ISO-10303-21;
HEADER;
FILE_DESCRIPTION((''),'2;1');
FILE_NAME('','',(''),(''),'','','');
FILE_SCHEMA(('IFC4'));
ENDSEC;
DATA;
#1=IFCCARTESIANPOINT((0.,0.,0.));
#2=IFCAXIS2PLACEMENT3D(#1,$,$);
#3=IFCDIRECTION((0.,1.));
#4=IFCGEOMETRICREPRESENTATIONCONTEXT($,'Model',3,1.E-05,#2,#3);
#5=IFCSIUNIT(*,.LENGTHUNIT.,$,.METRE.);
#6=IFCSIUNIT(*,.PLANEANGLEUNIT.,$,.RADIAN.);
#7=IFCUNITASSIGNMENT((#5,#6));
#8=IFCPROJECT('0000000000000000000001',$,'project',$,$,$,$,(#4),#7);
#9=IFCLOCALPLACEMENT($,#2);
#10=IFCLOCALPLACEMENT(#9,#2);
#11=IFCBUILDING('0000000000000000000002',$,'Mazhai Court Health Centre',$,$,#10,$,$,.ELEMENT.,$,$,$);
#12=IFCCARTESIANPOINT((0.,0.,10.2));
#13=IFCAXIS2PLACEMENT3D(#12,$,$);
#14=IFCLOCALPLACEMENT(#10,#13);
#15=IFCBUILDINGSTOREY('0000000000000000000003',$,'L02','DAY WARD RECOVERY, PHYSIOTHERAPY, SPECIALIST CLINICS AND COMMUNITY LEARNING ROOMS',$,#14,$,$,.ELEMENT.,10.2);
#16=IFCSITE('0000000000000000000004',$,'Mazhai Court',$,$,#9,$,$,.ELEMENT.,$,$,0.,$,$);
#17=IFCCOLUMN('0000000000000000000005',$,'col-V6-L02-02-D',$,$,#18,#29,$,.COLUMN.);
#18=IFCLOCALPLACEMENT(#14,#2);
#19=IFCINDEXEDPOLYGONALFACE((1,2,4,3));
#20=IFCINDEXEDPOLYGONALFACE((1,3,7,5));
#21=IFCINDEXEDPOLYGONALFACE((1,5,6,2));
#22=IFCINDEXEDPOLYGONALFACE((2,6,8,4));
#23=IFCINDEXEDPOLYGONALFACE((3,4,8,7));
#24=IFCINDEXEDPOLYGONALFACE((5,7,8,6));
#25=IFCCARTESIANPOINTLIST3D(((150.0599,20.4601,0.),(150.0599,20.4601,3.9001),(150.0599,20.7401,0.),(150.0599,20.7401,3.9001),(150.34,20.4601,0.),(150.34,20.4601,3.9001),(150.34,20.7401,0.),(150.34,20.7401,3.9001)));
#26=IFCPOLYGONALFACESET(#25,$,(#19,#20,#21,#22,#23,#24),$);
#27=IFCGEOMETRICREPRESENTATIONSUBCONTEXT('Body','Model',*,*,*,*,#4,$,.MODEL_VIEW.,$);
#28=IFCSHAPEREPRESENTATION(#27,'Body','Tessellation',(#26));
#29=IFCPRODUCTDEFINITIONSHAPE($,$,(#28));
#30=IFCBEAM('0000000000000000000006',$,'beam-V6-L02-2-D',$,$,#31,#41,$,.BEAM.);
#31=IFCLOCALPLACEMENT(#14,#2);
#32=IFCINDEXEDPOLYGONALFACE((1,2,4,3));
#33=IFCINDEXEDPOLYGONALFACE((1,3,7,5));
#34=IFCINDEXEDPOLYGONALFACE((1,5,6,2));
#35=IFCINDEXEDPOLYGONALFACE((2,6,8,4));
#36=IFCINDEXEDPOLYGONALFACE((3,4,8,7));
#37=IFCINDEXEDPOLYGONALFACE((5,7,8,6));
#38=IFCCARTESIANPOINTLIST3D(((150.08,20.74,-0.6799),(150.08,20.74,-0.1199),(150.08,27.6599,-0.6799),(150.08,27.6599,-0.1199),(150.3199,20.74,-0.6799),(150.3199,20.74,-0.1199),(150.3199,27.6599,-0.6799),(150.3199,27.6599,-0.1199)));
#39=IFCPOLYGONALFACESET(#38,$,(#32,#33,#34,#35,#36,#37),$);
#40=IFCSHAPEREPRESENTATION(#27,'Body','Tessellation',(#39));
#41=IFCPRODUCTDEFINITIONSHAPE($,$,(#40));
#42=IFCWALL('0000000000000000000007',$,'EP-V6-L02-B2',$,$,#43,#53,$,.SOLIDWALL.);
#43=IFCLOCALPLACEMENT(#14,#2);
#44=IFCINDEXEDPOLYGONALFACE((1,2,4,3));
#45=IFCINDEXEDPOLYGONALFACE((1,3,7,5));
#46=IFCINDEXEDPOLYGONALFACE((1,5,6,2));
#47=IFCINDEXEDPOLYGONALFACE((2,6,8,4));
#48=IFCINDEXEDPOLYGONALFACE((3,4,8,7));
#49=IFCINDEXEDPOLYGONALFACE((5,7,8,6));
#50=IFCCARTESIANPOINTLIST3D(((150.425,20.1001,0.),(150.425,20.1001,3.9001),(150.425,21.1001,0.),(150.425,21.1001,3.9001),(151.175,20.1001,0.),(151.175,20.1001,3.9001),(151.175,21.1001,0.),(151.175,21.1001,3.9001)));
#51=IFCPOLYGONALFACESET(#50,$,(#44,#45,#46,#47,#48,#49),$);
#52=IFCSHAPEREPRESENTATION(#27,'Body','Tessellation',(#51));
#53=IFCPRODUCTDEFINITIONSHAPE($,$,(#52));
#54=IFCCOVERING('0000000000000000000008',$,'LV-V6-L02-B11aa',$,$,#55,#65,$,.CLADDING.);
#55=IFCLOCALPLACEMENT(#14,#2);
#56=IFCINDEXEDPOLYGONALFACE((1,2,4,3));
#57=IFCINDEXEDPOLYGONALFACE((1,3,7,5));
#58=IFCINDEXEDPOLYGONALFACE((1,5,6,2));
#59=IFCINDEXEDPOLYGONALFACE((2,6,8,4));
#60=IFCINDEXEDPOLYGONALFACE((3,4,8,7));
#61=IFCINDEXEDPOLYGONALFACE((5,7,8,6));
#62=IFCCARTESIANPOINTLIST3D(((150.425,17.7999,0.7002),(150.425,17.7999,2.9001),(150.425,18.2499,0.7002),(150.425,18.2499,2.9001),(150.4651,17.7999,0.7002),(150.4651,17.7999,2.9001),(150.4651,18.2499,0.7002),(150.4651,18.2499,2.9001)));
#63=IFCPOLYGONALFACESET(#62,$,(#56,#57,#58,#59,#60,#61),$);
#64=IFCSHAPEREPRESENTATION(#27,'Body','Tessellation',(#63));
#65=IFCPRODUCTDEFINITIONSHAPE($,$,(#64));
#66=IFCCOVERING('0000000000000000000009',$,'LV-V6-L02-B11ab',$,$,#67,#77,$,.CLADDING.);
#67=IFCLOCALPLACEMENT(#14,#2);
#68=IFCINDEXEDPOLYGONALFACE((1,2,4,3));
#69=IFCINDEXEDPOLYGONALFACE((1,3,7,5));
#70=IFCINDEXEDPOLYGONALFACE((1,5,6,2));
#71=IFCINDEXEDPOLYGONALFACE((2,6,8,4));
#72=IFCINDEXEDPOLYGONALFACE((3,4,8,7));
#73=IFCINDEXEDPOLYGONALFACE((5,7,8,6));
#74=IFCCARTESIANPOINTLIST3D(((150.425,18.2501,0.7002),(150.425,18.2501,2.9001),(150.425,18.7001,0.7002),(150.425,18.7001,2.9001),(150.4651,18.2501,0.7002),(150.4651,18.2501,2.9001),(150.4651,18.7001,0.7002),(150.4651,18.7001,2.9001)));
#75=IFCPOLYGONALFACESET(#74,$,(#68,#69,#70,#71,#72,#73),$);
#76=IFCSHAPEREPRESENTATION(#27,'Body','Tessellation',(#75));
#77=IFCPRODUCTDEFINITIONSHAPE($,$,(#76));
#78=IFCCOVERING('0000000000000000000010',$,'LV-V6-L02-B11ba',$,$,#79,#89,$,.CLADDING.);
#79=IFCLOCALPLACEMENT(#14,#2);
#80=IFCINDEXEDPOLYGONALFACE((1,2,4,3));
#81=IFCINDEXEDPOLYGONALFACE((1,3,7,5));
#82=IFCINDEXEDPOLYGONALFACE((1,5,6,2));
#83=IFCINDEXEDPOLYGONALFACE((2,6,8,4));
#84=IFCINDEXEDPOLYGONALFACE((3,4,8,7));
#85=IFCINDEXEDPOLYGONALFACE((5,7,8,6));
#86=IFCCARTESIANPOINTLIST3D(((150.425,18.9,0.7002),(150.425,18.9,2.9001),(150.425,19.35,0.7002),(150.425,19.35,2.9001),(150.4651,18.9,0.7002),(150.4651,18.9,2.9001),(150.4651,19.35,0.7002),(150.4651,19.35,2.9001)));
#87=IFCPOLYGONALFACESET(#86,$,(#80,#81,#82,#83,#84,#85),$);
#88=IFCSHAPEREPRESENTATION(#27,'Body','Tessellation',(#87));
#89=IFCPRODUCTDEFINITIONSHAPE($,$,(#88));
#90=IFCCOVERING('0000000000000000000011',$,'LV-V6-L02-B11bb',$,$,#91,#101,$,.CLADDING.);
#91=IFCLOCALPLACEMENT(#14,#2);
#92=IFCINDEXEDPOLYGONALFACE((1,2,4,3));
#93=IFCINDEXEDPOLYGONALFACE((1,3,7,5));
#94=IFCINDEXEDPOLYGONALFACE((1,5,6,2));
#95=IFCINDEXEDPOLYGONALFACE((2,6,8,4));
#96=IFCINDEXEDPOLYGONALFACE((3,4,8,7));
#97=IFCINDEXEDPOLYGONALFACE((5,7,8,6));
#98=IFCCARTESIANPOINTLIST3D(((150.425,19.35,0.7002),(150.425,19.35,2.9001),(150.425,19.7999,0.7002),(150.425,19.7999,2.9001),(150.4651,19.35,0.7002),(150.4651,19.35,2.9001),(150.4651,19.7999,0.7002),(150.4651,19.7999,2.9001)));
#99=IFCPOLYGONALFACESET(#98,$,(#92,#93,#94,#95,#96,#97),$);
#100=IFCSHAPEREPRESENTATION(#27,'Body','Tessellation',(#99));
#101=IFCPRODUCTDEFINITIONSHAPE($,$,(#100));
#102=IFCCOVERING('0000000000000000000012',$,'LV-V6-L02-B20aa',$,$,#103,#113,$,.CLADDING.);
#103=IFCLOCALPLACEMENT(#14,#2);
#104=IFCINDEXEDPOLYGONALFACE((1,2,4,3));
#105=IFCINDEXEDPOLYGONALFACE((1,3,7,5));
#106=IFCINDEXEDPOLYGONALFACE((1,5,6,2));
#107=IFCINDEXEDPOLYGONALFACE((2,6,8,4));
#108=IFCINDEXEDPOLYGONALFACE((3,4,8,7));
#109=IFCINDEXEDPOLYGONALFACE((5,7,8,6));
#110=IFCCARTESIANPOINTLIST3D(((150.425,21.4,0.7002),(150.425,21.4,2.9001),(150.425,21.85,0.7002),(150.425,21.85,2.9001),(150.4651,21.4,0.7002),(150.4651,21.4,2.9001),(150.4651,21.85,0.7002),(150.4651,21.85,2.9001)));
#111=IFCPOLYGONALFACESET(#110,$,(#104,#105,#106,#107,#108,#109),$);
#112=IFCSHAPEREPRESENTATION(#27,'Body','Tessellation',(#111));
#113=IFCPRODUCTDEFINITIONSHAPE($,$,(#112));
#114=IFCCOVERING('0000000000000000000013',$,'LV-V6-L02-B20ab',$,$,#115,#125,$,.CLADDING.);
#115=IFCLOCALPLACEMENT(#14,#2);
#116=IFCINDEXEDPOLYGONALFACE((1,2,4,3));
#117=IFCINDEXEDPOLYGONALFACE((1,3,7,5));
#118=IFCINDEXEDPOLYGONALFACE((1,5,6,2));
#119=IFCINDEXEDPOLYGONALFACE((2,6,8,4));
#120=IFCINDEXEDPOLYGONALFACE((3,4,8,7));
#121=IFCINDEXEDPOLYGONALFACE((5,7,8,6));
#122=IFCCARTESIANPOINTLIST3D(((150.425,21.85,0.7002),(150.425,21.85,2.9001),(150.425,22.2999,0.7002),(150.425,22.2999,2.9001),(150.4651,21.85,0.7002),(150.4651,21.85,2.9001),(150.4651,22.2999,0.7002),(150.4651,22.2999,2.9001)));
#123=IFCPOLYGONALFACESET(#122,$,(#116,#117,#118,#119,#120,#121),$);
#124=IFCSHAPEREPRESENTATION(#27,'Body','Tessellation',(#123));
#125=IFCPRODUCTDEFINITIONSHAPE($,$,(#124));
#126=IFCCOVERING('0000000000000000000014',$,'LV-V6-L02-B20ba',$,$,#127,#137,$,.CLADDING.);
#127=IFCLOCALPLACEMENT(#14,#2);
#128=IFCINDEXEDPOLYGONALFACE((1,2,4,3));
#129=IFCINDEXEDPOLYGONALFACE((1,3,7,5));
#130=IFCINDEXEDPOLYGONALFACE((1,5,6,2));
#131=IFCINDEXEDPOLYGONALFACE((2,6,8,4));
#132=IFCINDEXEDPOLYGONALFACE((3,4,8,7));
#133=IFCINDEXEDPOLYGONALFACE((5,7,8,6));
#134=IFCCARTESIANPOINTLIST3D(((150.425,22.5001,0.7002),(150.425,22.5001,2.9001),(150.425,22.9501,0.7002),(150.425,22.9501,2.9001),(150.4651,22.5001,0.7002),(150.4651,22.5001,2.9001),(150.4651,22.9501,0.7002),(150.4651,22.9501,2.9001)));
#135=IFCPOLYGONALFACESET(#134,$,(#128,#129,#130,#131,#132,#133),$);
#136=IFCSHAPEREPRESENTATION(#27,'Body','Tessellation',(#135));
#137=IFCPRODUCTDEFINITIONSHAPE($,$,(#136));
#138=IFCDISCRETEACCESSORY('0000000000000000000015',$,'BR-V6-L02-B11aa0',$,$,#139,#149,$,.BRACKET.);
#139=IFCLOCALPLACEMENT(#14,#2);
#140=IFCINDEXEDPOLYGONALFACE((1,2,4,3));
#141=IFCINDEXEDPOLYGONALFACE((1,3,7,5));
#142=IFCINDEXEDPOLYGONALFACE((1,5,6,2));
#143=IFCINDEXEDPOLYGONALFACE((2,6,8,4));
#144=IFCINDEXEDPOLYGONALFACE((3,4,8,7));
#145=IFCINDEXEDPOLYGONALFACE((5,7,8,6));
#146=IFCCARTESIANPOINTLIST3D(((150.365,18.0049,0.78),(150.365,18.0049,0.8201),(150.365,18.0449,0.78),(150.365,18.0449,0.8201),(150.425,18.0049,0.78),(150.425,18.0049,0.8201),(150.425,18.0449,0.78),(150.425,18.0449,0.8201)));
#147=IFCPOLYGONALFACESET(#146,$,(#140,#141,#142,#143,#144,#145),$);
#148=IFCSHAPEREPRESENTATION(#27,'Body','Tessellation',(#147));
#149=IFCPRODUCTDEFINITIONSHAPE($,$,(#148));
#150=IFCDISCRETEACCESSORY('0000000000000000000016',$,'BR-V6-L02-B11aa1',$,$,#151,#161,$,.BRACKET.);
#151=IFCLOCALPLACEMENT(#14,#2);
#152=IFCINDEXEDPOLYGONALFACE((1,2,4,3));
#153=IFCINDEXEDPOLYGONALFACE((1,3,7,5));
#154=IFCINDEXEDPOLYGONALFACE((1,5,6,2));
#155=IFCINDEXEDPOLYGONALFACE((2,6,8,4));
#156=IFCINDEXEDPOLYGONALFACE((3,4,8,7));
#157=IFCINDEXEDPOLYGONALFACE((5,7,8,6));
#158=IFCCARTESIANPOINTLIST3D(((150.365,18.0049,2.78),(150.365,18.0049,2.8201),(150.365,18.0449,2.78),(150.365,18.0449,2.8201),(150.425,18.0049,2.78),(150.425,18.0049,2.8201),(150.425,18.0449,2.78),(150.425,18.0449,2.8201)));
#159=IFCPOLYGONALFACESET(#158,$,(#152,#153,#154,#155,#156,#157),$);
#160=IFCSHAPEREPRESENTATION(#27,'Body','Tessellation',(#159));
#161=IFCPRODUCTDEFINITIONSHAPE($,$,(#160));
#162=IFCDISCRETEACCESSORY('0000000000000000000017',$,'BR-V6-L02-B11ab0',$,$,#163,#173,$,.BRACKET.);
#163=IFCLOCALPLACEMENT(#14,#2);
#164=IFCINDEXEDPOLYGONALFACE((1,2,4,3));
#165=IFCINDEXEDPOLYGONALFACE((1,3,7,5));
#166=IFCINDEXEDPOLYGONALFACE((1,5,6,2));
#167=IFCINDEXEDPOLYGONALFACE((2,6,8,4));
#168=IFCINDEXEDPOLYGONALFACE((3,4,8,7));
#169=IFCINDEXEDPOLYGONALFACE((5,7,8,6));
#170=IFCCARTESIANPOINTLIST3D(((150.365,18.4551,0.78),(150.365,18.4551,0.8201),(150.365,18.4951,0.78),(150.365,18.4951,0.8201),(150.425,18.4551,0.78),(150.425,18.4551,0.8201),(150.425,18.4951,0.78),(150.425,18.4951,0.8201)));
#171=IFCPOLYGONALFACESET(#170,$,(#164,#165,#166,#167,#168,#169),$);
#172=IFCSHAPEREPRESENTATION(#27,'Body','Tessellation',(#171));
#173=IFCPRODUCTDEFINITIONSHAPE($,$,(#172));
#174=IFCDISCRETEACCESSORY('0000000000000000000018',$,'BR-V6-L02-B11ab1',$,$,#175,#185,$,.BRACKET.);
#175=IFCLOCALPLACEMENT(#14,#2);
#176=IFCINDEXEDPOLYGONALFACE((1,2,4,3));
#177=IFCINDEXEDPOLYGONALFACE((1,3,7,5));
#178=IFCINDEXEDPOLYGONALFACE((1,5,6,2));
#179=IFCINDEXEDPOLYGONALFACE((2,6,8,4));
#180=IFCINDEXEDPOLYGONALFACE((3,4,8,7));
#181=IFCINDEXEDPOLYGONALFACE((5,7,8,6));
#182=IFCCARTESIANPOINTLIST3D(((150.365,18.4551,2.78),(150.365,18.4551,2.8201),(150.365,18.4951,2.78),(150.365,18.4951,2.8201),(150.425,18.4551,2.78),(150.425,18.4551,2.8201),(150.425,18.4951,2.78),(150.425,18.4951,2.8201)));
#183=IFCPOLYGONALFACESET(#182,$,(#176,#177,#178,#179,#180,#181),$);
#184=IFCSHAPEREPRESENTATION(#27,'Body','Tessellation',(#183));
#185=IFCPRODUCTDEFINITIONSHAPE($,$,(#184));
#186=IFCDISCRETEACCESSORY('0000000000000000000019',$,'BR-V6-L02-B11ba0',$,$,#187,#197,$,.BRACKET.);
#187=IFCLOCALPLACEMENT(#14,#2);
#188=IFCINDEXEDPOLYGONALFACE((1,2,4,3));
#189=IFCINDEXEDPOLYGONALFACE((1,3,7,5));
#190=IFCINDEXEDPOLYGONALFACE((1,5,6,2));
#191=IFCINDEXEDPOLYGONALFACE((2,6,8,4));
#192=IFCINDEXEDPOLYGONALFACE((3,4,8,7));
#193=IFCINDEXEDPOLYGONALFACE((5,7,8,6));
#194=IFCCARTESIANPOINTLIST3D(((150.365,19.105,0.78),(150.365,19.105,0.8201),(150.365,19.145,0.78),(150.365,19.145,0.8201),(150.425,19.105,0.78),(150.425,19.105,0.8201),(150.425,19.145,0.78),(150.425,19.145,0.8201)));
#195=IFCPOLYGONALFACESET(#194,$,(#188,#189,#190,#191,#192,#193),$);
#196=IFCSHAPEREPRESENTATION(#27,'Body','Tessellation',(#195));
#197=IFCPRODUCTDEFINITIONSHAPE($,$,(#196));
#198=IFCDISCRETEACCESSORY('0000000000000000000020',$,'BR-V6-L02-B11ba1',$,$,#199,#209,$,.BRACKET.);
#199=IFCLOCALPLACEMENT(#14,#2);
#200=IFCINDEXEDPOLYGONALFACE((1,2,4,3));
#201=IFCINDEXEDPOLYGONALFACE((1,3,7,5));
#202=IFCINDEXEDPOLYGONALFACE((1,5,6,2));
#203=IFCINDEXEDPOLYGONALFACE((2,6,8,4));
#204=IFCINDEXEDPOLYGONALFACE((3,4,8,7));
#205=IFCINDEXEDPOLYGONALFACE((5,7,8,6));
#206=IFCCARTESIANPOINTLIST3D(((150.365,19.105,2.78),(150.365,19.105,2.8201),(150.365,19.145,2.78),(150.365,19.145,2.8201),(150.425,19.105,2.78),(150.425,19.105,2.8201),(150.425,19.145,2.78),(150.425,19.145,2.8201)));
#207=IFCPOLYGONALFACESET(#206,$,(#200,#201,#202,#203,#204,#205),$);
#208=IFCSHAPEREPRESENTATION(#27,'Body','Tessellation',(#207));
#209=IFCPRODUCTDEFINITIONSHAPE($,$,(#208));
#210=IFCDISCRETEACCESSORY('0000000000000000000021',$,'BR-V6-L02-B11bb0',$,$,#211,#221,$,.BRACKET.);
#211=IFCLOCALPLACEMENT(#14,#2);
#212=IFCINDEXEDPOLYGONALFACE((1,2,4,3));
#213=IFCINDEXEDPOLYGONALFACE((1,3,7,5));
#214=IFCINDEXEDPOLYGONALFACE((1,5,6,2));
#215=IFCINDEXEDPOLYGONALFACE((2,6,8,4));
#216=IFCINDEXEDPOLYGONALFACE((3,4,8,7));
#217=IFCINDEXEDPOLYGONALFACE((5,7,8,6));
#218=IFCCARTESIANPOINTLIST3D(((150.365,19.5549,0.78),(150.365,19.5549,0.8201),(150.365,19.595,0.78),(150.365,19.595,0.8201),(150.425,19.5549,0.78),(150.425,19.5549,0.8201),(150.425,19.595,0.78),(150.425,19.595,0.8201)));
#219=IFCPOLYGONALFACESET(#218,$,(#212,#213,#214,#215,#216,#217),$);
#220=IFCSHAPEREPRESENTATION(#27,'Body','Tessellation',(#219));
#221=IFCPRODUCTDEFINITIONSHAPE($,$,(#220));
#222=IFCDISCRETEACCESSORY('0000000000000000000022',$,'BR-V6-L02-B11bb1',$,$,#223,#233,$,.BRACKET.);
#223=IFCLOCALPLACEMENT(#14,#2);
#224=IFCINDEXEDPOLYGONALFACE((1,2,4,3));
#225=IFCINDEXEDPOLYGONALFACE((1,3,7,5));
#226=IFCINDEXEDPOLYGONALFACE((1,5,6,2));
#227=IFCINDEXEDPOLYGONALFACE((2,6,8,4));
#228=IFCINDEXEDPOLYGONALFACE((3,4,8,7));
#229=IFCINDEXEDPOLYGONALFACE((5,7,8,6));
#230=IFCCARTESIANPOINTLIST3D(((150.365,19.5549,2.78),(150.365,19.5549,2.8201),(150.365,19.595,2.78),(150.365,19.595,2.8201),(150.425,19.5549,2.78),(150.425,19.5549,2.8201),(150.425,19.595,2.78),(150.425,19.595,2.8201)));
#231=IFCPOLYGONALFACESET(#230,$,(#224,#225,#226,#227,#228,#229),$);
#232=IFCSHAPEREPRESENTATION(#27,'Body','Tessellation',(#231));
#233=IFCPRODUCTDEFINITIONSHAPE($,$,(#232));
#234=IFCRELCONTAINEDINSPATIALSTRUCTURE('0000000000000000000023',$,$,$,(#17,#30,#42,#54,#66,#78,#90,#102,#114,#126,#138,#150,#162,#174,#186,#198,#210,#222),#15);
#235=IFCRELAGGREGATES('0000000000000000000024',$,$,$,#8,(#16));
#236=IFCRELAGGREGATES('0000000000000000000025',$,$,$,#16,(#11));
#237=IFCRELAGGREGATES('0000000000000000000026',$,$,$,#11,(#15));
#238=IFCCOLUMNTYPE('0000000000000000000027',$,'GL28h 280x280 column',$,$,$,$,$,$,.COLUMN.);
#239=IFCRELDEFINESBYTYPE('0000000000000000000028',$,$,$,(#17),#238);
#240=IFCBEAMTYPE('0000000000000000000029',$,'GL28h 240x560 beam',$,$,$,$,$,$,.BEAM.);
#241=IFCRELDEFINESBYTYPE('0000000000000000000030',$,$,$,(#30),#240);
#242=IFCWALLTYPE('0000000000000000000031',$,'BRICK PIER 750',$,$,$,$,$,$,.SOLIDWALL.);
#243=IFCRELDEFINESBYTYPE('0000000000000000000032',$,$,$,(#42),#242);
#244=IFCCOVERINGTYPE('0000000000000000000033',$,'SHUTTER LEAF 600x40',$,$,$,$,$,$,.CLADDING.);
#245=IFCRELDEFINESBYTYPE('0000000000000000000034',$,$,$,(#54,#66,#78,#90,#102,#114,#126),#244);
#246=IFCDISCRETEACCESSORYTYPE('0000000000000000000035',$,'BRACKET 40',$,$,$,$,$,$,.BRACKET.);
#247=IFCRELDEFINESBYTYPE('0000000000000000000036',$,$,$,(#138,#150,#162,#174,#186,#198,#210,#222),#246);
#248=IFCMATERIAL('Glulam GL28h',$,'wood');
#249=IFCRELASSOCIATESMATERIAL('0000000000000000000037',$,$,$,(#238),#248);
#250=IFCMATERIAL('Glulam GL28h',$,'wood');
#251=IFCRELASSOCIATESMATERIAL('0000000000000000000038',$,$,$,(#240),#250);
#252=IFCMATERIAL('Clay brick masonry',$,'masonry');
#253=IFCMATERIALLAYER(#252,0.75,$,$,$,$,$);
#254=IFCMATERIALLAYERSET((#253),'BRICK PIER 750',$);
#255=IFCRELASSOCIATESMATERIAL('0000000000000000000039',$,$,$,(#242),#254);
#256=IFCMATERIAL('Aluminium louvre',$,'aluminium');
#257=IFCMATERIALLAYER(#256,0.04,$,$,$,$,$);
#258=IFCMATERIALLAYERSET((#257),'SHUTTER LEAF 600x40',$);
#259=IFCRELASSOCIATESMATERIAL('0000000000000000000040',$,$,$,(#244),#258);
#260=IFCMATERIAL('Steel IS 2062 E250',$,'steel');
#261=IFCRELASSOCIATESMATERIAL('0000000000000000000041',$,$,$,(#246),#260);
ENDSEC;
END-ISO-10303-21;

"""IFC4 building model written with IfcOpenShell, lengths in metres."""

from ifc_helpers import new_model, si_unit, direction, frame, frame_2d, origin, origin_2d, place, context, subcontext, project, spatial, rectangle, extrude, material, layer, layer_set, material_profile, profile_set, type_object, element, save


model = new_model("IFC4")

# Units and contexts
model_context = context("Model", 3, precision=1e-05, world=origin(), true_north=direction((0.0, 1.0)))
body_context = subcontext(model_context, "Body", "Model", "MODEL_VIEW")
ifc_project = project(units=[si_unit("LENGTHUNIT", "METRE"), si_unit("PLANEANGLEUNIT", "RADIAN")], contexts=[model_context])

# Site, building, storey
site_placement = place(None, origin())
site = spatial("IfcSite", under=ifc_project, at=site_placement, Name="Mazhai Court", CompositionType="ELEMENT", RefElevation=0.0)
building_placement = place(site_placement, origin())
building = spatial("IfcBuilding", under=site, at=building_placement, Name="Mazhai Court Health Centre", CompositionType="ELEMENT")
storey_placement = place(building_placement, frame((0.0, 0.0, 10.2)))
storey = spatial("IfcBuildingStorey", under=building, at=storey_placement, Name="L02", Description="DAY WARD RECOVERY, PHYSIOTHERAPY, SPECIALIST CLINICS AND COMMUNITY LEARNING ROOMS", CompositionType="ELEMENT", Elevation=10.2)

# Column
ifc_material_1 = material(Name="Glulam GL28h", Category="wood")
ifc_material_profile_1 = material_profile(ifc_material_1, rectangle(XDim=0.28, YDim=0.28, at=origin_2d()), Name="GL28h 280x280")
ifc_profile_set_1 = profile_set([ifc_material_profile_1], Name="Glulam GL28h")
column_type = type_object("IfcColumnType", Name="GL28h 280x280 column", PredefinedType="COLUMN", material=ifc_profile_set_1)
column_placement = place(storey_placement, frame((150.2, 20.6001, 0.0), z_axis=(0.0, 0.0, 1.0), x_axis=(1.0, 0.0, 0.0)))
element("IfcColumn", 1, at=column_placement, inside=storey, type_object=column_type, Name="col-V6-L02-02-D", PredefinedType="COLUMN", context=body_context, shape_type="SweptSolid", body=[
    extrude(rectangle(XDim=0.28, YDim=0.28, at=origin_2d()), origin(), (0.0, 0.0, 1.0), 3.9001),
])

# Beam
ifc_material_2 = material(Name="Glulam GL28h", Category="wood")
ifc_material_profile_2 = material_profile(ifc_material_2, rectangle(XDim=0.24, YDim=0.5601, at=origin_2d()), Name="GL28h 240x560")
ifc_profile_set_2 = profile_set([ifc_material_profile_2], Name="Glulam GL28h")
beam_type = type_object("IfcBeamType", Name="GL28h 240x560 beam", PredefinedType="BEAM", material=ifc_profile_set_2)
beam_placement = place(storey_placement, frame((150.2, 20.74, -0.3999), z_axis=(0.0, 1.0, 0.0), x_axis=(-1.0, 0.0, 0.0)))
element("IfcBeam", 2, at=beam_placement, inside=storey, type_object=beam_type, Name="beam-V6-L02-2-D", PredefinedType="BEAM", context=body_context, shape_type="SweptSolid", body=[
    extrude(rectangle(XDim=0.24, YDim=0.5601, at=origin_2d()), origin(), (0.0, 0.0, 1.0), 6.9199),
])

# Wall
ifc_material_3 = material(Name="Clay brick masonry", Category="masonry")
ifc_layer_1 = layer(ifc_material_3, 0.75)
ifc_layer_set_1 = layer_set([ifc_layer_1], Name="BRICK PIER 750")
wall_type = type_object("IfcWallType", Name="BRICK PIER 750", PredefinedType="SOLIDWALL", material=ifc_layer_set_1)
wall_placement = place(storey_placement, frame((150.8, 21.1001, 0.0), z_axis=(0.0, 0.0, 1.0), x_axis=(0.0, -1.0, 0.0)))
element("IfcWall", 3, at=wall_placement, inside=storey, type_object=wall_type, Name="EP-V6-L02-B2", PredefinedType="SOLIDWALL", context=body_context, shape_type="SweptSolid", body=[
    extrude(rectangle(XDim=1.0, YDim=0.75, at=frame_2d((0.5, 0.0))), origin(), (0.0, 0.0, 1.0), 3.9001),
])

# Coverings
ifc_material_4 = material(Name="Aluminium louvre", Category="aluminium")
ifc_layer_2 = layer(ifc_material_4, 0.04)
ifc_layer_set_2 = layer_set([ifc_layer_2], Name="SHUTTER LEAF 600x40")
covering_type = type_object("IfcCoveringType", Name="SHUTTER LEAF 600x40", PredefinedType="CLADDING", material=ifc_layer_set_2)
for number, where, z_axis, x_axis, name in (
    (4, (150.4451, 18.0249, 0.7002), (0.0, 0.0, 1.0), (0.0, 1.0, 0.0), "LV-V6-L02-B11aa"),
    (5, (150.4451, 18.4751, 0.7002), (0.0, 0.0, 1.0), (0.0, 1.0, 0.0), "LV-V6-L02-B11ab"),
    (6, (150.4451, 19.125, 0.7002), (0.0, 0.0, 1.0), (0.0, 1.0, 0.0), "LV-V6-L02-B11ba"),
    (7, (150.4451, 19.575, 0.7002), (0.0, 0.0, 1.0), (0.0, 1.0, 0.0), "LV-V6-L02-B11bb"),
    (8, (150.4451, 21.625, 0.7002), (0.0, 0.0, 1.0), (0.0, 1.0, 0.0), "LV-V6-L02-B20aa"),
    (9, (150.4451, 22.075, 0.7002), (0.0, 0.0, 1.0), (0.0, 1.0, 0.0), "LV-V6-L02-B20ab"),
    (10, (150.4451, 22.7251, 0.7002), (0.0, 0.0, 1.0), (0.0, 1.0, 0.0), "LV-V6-L02-B20ba"),
):
    element("IfcCovering", number, at=place(storey_placement, frame(where, z_axis=z_axis, x_axis=x_axis)), inside=storey, type_object=covering_type, Name=name, PredefinedType="CLADDING", context=body_context, shape_type="SweptSolid", body=[
        extrude(rectangle(XDim=0.45, YDim=0.04, at=origin_2d()), origin(), (0.0, 0.0, 1.0), 2.2),
    ])

# Discrete accessories
ifc_material_5 = material(Name="Steel IS 2062 E250", Category="steel")
discrete_accessory_type = type_object("IfcDiscreteAccessoryType", Name="BRACKET 40", PredefinedType="BRACKET", material=ifc_material_5)
for number, where, z_axis, x_axis, name in (
    (11, (150.395, 18.0249, 0.78), (0.0, 0.0, 1.0), (0.0, 1.0, 0.0), "BR-V6-L02-B11aa0"),
    (12, (150.395, 18.0249, 2.78), (0.0, 0.0, 1.0), (0.0, 1.0, 0.0), "BR-V6-L02-B11aa1"),
    (13, (150.395, 18.4751, 0.78), (0.0, 0.0, 1.0), (0.0, 1.0, 0.0), "BR-V6-L02-B11ab0"),
    (14, (150.395, 18.4751, 2.78), (0.0, 0.0, 1.0), (0.0, 1.0, 0.0), "BR-V6-L02-B11ab1"),
    (15, (150.395, 19.125, 0.78), (0.0, 0.0, 1.0), (0.0, 1.0, 0.0), "BR-V6-L02-B11ba0"),
    (16, (150.395, 19.125, 2.78), (0.0, 0.0, 1.0), (0.0, 1.0, 0.0), "BR-V6-L02-B11ba1"),
    (17, (150.395, 19.575, 0.78), (0.0, 0.0, 1.0), (0.0, 1.0, 0.0), "BR-V6-L02-B11bb0"),
    (18, (150.395, 19.575, 2.78), (0.0, 0.0, 1.0), (0.0, 1.0, 0.0), "BR-V6-L02-B11bb1"),
):
    element("IfcDiscreteAccessory", number, at=place(storey_placement, frame(where, z_axis=z_axis, x_axis=x_axis)), inside=storey, type_object=discrete_accessory_type, Name=name, PredefinedType="BRACKET", context=body_context, shape_type="SweptSolid", body=[
        extrude(rectangle(XDim=0.04, YDim=0.0601, at=origin_2d()), origin(), (0.0, 0.0, 1.0), 0.04),
    ])

save(model, "model.ifc")
